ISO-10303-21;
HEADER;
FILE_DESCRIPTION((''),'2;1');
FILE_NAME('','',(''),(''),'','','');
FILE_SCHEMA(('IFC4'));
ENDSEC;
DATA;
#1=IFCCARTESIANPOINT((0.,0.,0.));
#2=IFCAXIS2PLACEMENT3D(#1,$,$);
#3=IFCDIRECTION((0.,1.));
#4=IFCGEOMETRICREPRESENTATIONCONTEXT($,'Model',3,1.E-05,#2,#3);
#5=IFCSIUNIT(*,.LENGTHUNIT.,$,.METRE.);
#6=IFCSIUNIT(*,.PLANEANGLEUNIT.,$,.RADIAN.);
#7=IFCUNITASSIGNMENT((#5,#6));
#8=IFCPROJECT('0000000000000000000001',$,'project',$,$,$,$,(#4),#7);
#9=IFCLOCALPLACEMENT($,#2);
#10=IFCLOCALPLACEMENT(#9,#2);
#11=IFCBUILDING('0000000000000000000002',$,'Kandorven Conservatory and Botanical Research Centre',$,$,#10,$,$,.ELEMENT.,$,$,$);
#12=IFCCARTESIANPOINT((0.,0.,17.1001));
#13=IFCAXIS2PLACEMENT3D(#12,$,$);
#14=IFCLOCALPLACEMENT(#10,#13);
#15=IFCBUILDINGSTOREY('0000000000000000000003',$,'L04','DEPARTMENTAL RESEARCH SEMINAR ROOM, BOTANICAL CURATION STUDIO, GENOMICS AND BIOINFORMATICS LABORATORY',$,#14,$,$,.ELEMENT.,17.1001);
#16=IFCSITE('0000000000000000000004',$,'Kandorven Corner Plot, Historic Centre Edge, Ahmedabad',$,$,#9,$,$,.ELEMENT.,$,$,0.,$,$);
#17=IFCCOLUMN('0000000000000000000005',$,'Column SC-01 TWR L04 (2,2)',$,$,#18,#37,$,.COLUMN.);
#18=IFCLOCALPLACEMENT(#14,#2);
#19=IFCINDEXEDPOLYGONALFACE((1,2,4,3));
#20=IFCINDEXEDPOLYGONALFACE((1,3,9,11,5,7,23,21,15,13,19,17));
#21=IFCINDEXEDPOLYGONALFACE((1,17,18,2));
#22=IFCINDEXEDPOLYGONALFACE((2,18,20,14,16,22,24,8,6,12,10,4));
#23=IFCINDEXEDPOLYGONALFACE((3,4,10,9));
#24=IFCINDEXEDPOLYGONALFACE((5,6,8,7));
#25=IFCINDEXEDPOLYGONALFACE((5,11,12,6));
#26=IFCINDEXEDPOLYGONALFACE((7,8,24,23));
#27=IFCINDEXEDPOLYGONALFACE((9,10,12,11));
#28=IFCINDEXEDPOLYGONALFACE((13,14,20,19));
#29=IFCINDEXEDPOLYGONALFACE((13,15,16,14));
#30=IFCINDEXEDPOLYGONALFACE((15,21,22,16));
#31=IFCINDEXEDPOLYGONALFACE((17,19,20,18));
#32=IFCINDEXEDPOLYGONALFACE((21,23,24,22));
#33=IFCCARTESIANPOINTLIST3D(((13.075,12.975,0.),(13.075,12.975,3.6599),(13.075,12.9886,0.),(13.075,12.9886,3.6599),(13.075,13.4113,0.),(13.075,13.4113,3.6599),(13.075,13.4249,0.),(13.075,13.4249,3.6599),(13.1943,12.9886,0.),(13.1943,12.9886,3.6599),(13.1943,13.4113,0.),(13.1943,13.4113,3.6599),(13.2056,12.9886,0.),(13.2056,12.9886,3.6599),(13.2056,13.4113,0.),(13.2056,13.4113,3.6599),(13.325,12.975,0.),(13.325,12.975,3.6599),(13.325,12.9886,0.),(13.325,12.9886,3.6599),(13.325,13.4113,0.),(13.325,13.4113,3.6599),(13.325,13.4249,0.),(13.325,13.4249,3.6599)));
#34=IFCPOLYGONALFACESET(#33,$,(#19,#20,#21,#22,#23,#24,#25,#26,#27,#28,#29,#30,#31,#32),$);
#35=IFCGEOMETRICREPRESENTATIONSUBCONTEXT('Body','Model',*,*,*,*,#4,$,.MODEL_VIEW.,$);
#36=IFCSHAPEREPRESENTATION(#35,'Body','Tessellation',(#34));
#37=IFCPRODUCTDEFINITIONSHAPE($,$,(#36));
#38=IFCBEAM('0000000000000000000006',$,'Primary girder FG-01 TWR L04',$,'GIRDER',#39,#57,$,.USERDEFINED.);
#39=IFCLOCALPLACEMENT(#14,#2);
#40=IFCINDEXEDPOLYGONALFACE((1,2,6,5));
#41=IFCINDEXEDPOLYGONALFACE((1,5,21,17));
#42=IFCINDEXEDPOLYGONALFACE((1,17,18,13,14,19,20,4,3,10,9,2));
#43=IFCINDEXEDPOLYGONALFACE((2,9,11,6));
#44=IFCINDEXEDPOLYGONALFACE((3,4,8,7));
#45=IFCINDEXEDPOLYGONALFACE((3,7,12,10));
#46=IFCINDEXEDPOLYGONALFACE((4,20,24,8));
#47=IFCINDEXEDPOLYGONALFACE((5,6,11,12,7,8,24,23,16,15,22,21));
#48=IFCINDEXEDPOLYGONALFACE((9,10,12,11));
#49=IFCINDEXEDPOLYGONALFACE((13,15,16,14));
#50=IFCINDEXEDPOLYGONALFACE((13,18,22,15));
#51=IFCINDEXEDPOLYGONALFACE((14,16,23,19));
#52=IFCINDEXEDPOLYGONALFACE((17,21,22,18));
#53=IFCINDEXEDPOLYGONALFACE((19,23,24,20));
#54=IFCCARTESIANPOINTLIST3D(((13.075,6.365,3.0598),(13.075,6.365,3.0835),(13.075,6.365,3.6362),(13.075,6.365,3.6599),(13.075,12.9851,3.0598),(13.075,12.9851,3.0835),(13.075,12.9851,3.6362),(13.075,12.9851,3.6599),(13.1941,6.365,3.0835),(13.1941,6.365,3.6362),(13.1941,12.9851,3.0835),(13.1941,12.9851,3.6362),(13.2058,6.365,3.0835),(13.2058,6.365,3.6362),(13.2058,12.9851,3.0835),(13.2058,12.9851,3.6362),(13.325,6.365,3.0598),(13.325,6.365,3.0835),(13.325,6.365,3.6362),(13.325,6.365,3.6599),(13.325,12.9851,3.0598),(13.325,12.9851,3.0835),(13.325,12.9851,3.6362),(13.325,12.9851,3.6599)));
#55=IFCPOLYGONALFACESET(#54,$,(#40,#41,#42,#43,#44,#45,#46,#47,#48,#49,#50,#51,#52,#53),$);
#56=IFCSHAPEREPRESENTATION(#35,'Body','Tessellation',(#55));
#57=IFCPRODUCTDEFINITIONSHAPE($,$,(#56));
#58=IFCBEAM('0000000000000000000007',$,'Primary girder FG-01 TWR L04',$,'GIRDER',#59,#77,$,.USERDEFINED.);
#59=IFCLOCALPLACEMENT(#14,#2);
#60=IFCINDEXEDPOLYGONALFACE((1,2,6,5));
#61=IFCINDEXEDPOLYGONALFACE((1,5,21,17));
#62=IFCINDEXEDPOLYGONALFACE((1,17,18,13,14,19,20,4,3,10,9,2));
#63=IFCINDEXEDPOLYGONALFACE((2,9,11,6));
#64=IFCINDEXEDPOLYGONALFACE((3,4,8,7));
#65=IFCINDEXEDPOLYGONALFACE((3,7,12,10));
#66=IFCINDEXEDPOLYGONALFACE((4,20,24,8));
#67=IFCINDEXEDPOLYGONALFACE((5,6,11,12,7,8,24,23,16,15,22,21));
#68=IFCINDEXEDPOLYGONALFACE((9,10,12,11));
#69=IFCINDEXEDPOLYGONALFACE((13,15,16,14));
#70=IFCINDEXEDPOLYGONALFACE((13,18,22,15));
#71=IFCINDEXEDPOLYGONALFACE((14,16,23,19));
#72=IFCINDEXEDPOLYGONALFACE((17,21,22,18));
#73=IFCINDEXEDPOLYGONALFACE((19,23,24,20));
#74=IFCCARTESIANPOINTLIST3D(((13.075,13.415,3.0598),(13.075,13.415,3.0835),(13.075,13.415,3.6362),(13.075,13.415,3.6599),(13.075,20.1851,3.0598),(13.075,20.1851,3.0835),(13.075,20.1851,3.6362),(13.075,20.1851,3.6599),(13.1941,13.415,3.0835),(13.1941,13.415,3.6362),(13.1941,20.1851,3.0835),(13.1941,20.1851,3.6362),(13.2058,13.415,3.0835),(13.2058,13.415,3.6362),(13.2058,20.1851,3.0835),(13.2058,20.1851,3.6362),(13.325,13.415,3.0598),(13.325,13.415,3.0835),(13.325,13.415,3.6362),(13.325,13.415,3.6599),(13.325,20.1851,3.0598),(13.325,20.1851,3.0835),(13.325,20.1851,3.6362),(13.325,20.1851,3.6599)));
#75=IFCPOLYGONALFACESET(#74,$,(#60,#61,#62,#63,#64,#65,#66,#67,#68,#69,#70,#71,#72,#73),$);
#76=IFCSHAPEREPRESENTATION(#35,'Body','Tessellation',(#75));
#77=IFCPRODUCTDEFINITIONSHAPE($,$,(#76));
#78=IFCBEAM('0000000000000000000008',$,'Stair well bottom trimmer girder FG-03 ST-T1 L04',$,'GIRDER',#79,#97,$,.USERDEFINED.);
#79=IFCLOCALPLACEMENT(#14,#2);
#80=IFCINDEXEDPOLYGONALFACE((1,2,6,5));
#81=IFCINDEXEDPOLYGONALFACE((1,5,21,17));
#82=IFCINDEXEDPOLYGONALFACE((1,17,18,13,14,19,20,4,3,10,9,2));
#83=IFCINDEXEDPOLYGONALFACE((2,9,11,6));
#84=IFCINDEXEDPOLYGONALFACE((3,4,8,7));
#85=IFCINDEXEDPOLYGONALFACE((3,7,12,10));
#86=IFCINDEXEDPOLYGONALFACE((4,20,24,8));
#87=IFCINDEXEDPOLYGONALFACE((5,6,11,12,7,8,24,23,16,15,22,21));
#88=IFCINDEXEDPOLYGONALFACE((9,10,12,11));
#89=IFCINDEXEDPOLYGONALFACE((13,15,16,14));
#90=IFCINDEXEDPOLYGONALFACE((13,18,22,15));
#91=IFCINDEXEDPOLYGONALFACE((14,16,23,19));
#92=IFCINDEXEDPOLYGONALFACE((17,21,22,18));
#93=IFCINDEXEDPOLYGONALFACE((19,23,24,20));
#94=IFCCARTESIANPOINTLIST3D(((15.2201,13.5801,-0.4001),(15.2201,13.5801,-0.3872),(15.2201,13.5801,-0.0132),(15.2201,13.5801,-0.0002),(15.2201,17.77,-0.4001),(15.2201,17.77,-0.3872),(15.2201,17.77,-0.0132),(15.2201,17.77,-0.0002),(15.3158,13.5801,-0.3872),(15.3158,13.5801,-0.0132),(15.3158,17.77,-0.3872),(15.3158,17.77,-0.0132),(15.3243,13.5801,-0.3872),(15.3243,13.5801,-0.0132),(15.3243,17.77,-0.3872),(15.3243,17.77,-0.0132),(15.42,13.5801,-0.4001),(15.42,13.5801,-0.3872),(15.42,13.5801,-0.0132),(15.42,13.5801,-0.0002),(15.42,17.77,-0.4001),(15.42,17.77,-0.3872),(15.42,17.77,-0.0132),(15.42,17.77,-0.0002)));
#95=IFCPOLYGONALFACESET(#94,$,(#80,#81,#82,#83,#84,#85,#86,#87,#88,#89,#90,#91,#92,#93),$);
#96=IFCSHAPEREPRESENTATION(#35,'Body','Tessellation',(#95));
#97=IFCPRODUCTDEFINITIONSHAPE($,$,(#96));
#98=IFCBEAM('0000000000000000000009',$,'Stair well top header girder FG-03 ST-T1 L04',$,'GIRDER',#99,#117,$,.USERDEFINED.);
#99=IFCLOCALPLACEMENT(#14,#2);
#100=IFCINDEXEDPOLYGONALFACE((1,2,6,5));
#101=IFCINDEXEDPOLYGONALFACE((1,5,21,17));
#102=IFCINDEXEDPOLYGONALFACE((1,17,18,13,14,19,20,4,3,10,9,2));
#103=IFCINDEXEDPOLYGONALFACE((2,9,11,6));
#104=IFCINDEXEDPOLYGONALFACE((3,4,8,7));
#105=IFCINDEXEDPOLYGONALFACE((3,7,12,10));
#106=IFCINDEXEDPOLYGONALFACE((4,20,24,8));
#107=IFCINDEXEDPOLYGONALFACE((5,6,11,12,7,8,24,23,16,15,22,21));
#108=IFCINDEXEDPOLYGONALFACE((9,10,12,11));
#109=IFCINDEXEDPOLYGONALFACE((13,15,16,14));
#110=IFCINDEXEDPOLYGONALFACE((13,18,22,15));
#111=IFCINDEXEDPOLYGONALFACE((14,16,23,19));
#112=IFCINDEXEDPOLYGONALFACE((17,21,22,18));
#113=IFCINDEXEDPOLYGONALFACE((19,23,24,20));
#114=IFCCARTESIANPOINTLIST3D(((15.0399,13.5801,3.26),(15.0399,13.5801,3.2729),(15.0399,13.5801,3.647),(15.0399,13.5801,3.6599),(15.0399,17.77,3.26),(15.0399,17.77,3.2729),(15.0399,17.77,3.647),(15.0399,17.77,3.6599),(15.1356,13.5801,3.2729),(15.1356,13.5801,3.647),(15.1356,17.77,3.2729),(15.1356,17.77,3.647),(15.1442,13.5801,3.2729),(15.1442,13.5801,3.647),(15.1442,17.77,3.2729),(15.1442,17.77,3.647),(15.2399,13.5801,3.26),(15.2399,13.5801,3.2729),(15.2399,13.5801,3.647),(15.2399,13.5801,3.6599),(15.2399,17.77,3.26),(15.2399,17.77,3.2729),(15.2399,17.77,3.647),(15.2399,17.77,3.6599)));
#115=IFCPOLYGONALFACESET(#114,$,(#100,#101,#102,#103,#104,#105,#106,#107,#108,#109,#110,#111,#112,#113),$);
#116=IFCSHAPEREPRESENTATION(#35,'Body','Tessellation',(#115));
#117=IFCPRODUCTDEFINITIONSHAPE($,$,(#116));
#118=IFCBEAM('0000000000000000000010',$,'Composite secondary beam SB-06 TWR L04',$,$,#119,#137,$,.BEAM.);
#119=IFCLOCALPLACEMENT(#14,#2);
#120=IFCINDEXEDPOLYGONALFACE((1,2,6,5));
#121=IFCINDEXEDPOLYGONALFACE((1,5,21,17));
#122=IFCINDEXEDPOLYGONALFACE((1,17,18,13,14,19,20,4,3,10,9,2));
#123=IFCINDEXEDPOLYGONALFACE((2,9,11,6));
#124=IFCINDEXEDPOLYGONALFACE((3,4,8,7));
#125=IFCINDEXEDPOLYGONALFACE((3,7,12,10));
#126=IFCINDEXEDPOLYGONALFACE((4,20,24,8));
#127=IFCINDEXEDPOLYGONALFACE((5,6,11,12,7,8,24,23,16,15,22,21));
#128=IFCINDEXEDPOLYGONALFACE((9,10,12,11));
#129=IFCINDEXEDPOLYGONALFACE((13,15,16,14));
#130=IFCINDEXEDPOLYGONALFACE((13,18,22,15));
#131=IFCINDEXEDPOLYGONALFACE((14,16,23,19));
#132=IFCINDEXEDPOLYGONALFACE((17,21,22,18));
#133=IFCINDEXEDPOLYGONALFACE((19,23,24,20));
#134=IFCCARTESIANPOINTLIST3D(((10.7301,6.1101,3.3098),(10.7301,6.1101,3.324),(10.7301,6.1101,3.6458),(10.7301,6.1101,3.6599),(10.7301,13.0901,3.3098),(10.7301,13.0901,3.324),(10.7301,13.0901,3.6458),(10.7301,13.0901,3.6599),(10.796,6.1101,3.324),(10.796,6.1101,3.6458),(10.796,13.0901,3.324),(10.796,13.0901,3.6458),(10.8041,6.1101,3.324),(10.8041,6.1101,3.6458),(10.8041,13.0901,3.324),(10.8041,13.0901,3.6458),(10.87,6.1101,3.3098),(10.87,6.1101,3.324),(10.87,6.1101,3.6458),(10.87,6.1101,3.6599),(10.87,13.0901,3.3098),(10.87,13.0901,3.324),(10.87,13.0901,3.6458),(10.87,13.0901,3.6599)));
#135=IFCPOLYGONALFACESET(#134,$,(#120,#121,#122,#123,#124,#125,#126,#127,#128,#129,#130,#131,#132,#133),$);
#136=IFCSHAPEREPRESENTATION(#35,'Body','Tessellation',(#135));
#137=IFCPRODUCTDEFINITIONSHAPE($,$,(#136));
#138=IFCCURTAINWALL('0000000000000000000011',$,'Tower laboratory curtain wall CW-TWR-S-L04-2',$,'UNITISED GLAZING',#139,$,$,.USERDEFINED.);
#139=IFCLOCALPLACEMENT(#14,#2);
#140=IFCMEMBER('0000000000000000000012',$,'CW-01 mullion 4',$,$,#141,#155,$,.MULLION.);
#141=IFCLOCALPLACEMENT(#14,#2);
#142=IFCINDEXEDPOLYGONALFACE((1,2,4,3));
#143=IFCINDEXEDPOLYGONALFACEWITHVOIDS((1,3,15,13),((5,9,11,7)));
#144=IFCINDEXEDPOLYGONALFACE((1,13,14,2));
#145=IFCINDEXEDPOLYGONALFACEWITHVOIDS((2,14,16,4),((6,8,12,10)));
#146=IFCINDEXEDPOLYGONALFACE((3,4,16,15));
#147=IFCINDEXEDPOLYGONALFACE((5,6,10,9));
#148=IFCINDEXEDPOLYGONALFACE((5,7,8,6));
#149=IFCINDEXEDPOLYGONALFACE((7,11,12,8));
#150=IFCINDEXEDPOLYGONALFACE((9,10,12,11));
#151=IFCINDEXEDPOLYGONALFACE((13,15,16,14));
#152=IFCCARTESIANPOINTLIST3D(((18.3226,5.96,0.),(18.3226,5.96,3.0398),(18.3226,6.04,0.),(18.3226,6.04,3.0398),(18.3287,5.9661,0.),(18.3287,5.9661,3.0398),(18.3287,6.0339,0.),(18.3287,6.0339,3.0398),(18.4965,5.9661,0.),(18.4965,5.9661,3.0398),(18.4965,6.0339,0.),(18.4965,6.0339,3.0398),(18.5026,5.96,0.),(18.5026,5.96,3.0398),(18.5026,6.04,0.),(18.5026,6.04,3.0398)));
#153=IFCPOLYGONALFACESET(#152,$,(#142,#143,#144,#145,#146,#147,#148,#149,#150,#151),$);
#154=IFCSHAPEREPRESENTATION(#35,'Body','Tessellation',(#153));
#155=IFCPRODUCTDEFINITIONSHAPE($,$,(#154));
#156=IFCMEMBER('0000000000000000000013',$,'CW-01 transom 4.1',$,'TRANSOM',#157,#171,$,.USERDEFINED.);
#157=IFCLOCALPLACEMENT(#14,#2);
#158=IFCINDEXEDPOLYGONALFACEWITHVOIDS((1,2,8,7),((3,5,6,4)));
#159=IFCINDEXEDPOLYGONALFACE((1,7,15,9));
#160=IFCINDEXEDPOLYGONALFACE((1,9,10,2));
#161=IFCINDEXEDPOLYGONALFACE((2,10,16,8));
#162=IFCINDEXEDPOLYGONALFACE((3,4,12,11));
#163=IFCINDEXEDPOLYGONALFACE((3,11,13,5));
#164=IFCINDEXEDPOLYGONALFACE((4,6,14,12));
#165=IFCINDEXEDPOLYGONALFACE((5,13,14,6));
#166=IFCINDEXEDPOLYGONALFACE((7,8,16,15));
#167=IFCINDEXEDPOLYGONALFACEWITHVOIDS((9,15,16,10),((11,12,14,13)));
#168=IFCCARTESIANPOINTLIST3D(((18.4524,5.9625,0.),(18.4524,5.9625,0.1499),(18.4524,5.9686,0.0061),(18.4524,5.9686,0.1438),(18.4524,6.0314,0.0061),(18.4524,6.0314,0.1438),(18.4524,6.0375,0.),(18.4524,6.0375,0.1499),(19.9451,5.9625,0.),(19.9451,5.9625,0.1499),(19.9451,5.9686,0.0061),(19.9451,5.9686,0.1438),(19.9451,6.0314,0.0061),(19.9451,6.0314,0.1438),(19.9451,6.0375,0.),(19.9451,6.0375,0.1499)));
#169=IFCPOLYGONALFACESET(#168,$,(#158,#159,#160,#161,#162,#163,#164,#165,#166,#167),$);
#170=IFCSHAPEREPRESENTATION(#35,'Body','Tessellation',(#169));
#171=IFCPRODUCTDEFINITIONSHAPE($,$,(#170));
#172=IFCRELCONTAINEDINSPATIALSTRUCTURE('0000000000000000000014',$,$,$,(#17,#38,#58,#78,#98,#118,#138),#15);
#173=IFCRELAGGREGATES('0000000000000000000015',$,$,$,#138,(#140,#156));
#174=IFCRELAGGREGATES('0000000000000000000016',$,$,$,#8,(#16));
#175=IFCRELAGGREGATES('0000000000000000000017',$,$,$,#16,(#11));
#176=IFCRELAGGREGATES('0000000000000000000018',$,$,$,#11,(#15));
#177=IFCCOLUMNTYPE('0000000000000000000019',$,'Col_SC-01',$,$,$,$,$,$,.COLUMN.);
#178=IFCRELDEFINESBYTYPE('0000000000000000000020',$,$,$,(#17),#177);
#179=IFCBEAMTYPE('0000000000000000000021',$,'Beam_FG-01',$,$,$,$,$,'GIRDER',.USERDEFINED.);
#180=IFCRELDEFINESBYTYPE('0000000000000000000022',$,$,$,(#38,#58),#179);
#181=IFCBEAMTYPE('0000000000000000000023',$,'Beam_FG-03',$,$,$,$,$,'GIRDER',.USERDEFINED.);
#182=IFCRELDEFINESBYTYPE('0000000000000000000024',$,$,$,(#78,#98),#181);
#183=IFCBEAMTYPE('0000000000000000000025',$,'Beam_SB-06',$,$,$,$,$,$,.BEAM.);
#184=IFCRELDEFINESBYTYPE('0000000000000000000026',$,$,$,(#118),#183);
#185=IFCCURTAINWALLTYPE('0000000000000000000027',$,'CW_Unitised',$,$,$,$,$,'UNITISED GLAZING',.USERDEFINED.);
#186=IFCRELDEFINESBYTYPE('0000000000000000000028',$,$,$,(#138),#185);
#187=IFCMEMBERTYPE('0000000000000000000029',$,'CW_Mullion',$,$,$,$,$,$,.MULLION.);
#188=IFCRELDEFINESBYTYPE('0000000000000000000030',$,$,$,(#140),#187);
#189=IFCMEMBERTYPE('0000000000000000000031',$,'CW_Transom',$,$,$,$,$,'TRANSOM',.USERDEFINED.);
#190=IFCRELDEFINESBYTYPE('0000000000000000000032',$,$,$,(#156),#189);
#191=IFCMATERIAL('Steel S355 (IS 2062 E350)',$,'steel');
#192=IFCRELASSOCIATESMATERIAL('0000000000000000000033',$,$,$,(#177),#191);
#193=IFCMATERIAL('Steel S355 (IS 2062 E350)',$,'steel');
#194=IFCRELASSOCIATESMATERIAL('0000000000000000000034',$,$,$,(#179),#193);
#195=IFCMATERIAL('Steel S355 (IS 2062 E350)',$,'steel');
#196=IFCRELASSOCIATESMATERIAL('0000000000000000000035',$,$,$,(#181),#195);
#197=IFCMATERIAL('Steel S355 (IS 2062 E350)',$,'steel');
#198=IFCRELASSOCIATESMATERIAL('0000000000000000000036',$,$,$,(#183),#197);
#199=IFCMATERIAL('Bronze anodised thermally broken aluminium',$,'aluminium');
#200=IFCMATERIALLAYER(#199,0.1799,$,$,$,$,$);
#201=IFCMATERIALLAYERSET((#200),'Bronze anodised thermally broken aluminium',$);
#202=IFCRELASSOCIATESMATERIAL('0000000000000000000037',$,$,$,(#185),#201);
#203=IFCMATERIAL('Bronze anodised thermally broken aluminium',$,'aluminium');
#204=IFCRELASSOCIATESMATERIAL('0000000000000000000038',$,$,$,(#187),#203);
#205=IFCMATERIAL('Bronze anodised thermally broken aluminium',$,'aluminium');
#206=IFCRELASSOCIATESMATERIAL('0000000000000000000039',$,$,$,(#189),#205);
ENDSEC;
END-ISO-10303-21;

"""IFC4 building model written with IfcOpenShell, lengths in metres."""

from ifc_helpers import new_model, si_unit, direction, frame, origin, origin_2d, place, context, subcontext, project, spatial, hollow_rectangle, i_section, extrude, material, layer, layer_set, material_profile, profile_set, type_object, element, aggregate, save


model = new_model("IFC4")

# Units and contexts
model_context = context("Model", 3, precision=1e-05, world=origin(), true_north=direction((0.0, 1.0)))
body_context = subcontext(model_context, "Body", "Model", "MODEL_VIEW")
ifc_project = project(units=[si_unit("LENGTHUNIT", "METRE"), si_unit("PLANEANGLEUNIT", "RADIAN")], contexts=[model_context])

# Site, building, storey
site_placement = place(None, origin())
site = spatial("IfcSite", under=ifc_project, at=site_placement, Name="Kandorven Corner Plot, Historic Centre Edge, Ahmedabad", CompositionType="ELEMENT", RefElevation=0.0)
building_placement = place(site_placement, origin())
building = spatial("IfcBuilding", under=site, at=building_placement, Name="Kandorven Conservatory and Botanical Research Centre", CompositionType="ELEMENT")
storey_placement = place(building_placement, frame((0.0, 0.0, 17.1001)))
storey = spatial("IfcBuildingStorey", under=building, at=storey_placement, Name="L04", Description="DEPARTMENTAL RESEARCH SEMINAR ROOM, BOTANICAL CURATION STUDIO, GENOMICS AND BIOINFORMATICS LABORATORY", CompositionType="ELEMENT", Elevation=17.1001)

# Column
ifc_material_1 = material(Name="Steel S355 (IS 2062 E350)", Category="steel")
ifc_material_profile_1 = material_profile(ifc_material_1, i_section(OverallWidth=0.25, OverallDepth=0.45, WebThickness=0.0112, FlangeThickness=0.0137, at=origin_2d()))
ifc_profile_set_1 = profile_set([ifc_material_profile_1], Name="Steel S355 (IS 2062 E350)")
column_type = type_object("IfcColumnType", Name="Col_SC-01", PredefinedType="COLUMN", material=ifc_profile_set_1)
column_placement = place(storey_placement, frame((13.2, 13.2, 0.0), z_axis=(0.0, 0.0, 1.0), x_axis=(1.0, 0.0, 0.0)))
element("IfcColumn", 1, at=column_placement, inside=storey, type_object=column_type, Name="Column SC-01 TWR L04 (2,2)", PredefinedType="COLUMN", context=body_context, shape_type="SweptSolid", body=[
    extrude(i_section(OverallWidth=0.25, OverallDepth=0.45, WebThickness=0.0112, FlangeThickness=0.0137, at=origin_2d()), origin(), (0.0, 0.0, 1.0), 3.6599),
])

# Beams
ifc_material_2 = material(Name="Steel S355 (IS 2062 E350)", Category="steel")
ifc_material_profile_2 = material_profile(ifc_material_2, i_section(OverallWidth=0.25, OverallDepth=0.6001, WebThickness=0.0117, FlangeThickness=0.0237, at=origin_2d()))
ifc_profile_set_2 = profile_set([ifc_material_profile_2], Name="Steel S355 (IS 2062 E350)")
beam_type_1 = type_object("IfcBeamType", Name="Beam_FG-01", ElementType="GIRDER", PredefinedType="USERDEFINED", material=ifc_profile_set_2)
beam_1_placement = place(storey_placement, frame((13.2, 6.365, 3.3599), z_axis=(0.0, 1.0, 0.0), x_axis=(-1.0, 0.0, 0.0)))
element("IfcBeam", 2, at=beam_1_placement, inside=storey, type_object=beam_type_1, Name="Primary girder FG-01 TWR L04", ObjectType="GIRDER", PredefinedType="USERDEFINED", context=body_context, shape_type="SweptSolid", body=[
    extrude(i_section(OverallWidth=0.25, OverallDepth=0.6001, WebThickness=0.0117, FlangeThickness=0.0237, at=origin_2d()), origin(), (0.0, 0.0, 1.0), 6.6201),
])
beam_2_placement = place(storey_placement, frame((13.2, 13.415, 3.3599), z_axis=(0.0, 1.0, 0.0), x_axis=(-1.0, 0.0, 0.0)))
element("IfcBeam", 3, at=beam_2_placement, inside=storey, type_object=beam_type_1, Name="Primary girder FG-01 TWR L04", ObjectType="GIRDER", PredefinedType="USERDEFINED", context=body_context, shape_type="SweptSolid", body=[
    extrude(i_section(OverallWidth=0.25, OverallDepth=0.6001, WebThickness=0.0117, FlangeThickness=0.0237, at=origin_2d()), origin(), (0.0, 0.0, 1.0), 6.77),
])
ifc_material_3 = material(Name="Steel S355 (IS 2062 E350)", Category="steel")
ifc_material_profile_3 = material_profile(ifc_material_3, i_section(OverallWidth=0.2, OverallDepth=0.3999, WebThickness=0.0085, FlangeThickness=0.0129, at=origin_2d()))
ifc_profile_set_3 = profile_set([ifc_material_profile_3], Name="Steel S355 (IS 2062 E350)")
beam_type_2 = type_object("IfcBeamType", Name="Beam_FG-03", ElementType="GIRDER", PredefinedType="USERDEFINED", material=ifc_profile_set_3)
for number, where, z_axis, x_axis, name in (
    (4, (15.3201, 13.5801, -0.2002), (0.0, 1.0, 0.0), (-1.0, 0.0, 0.0), "Stair well bottom trimmer girder FG-03 ST-T1 L04"),
    (5, (15.1399, 13.5801, 3.46), (0.0, 1.0, 0.0), (-1.0, 0.0, 0.0), "Stair well top header girder FG-03 ST-T1 L04"),
):
    element("IfcBeam", number, at=place(storey_placement, frame(where, z_axis=z_axis, x_axis=x_axis)), inside=storey, type_object=beam_type_2, Name=name, ObjectType="GIRDER", PredefinedType="USERDEFINED", context=body_context, shape_type="SweptSolid", body=[
        extrude(i_section(OverallWidth=0.2, OverallDepth=0.3999, WebThickness=0.0085, FlangeThickness=0.0129, at=origin_2d()), origin(), (0.0, 0.0, 1.0), 4.1899),
    ])
ifc_material_4 = material(Name="Steel S355 (IS 2062 E350)", Category="steel")
ifc_material_profile_4 = material_profile(ifc_material_4, i_section(OverallWidth=0.1399, OverallDepth=0.3501, WebThickness=0.0081, FlangeThickness=0.0142, at=origin_2d()))
ifc_profile_set_4 = profile_set([ifc_material_profile_4], Name="Steel S355 (IS 2062 E350)")
beam_type_3 = type_object("IfcBeamType", Name="Beam_SB-06", PredefinedType="BEAM", material=ifc_profile_set_4)
beam_3_placement = place(storey_placement, frame((10.8, 6.1101, 3.4849), z_axis=(0.0, 1.0, 0.0), x_axis=(-1.0, 0.0, 0.0)))
element("IfcBeam", 6, at=beam_3_placement, inside=storey, type_object=beam_type_3, Name="Composite secondary beam SB-06 TWR L04", PredefinedType="BEAM", context=body_context, shape_type="SweptSolid", body=[
    extrude(i_section(OverallWidth=0.1399, OverallDepth=0.3501, WebThickness=0.0081, FlangeThickness=0.0142, at=origin_2d()), origin(), (0.0, 0.0, 1.0), 6.98),
])

# Curtain wall, members
ifc_material_5 = material(Name="Bronze anodised thermally broken aluminium", Category="aluminium")
ifc_layer_1 = layer(ifc_material_5, 0.1799)
ifc_layer_set_1 = layer_set([ifc_layer_1], Name="Bronze anodised thermally broken aluminium")
curtain_wall_type = type_object("IfcCurtainWallType", Name="CW_Unitised", ElementType="UNITISED GLAZING", PredefinedType="USERDEFINED", material=ifc_layer_set_1)
curtain_wall_placement = place(storey_placement, origin())
curtain_wall = element("IfcCurtainWall", 7, at=curtain_wall_placement, inside=storey, type_object=curtain_wall_type, Name="Tower laboratory curtain wall CW-TWR-S-L04-2", ObjectType="UNITISED GLAZING", PredefinedType="USERDEFINED")
ifc_material_6 = material(Name="Bronze anodised thermally broken aluminium", Category="aluminium")
ifc_material_profile_5 = material_profile(ifc_material_6, hollow_rectangle(XDim=0.0801, YDim=0.1799, WallThickness=0.0061, at=origin_2d()))
ifc_profile_set_5 = profile_set([ifc_material_profile_5], Name="Bronze anodised thermally broken aluminium")
member_type_1 = type_object("IfcMemberType", Name="CW_Mullion", PredefinedType="MULLION", material=ifc_profile_set_5)
member_1_placement = place(storey_placement, frame((18.4126, 6.0, 0.0), z_axis=(0.0, 0.0, 1.0), x_axis=(0.0, 1.0, 0.0)))
member_1 = element("IfcMember", 8, at=member_1_placement, type_object=member_type_1, Name="CW-01 mullion 4", PredefinedType="MULLION", context=body_context, shape_type="SweptSolid", body=[
    extrude(hollow_rectangle(XDim=0.0801, YDim=0.1799, WallThickness=0.0061, at=origin_2d()), origin(), (0.0, 0.0, 1.0), 3.0398),
])
ifc_material_7 = material(Name="Bronze anodised thermally broken aluminium", Category="aluminium")
ifc_material_profile_6 = material_profile(ifc_material_7, hollow_rectangle(XDim=0.075, YDim=0.1499, WallThickness=0.0061, at=origin_2d()))
ifc_profile_set_6 = profile_set([ifc_material_profile_6], Name="Bronze anodised thermally broken aluminium")
member_type_2 = type_object("IfcMemberType", Name="CW_Transom", ElementType="TRANSOM", PredefinedType="USERDEFINED", material=ifc_profile_set_6)
member_2_placement = place(storey_placement, frame((18.4524, 6.0, 0.075), z_axis=(1.0, 0.0, 0.0), x_axis=(0.0, 1.0, 0.0)))
member_2 = element("IfcMember", 9, at=member_2_placement, type_object=member_type_2, Name="CW-01 transom 4.1", ObjectType="TRANSOM", PredefinedType="USERDEFINED", context=body_context, shape_type="SweptSolid", body=[
    extrude(hollow_rectangle(XDim=0.075, YDim=0.1499, WallThickness=0.0061, at=origin_2d()), origin(), (0.0, 0.0, 1.0), 1.4927),
])
aggregate(curtain_wall, [member_1, member_2])

save(model, "model.ifc")
